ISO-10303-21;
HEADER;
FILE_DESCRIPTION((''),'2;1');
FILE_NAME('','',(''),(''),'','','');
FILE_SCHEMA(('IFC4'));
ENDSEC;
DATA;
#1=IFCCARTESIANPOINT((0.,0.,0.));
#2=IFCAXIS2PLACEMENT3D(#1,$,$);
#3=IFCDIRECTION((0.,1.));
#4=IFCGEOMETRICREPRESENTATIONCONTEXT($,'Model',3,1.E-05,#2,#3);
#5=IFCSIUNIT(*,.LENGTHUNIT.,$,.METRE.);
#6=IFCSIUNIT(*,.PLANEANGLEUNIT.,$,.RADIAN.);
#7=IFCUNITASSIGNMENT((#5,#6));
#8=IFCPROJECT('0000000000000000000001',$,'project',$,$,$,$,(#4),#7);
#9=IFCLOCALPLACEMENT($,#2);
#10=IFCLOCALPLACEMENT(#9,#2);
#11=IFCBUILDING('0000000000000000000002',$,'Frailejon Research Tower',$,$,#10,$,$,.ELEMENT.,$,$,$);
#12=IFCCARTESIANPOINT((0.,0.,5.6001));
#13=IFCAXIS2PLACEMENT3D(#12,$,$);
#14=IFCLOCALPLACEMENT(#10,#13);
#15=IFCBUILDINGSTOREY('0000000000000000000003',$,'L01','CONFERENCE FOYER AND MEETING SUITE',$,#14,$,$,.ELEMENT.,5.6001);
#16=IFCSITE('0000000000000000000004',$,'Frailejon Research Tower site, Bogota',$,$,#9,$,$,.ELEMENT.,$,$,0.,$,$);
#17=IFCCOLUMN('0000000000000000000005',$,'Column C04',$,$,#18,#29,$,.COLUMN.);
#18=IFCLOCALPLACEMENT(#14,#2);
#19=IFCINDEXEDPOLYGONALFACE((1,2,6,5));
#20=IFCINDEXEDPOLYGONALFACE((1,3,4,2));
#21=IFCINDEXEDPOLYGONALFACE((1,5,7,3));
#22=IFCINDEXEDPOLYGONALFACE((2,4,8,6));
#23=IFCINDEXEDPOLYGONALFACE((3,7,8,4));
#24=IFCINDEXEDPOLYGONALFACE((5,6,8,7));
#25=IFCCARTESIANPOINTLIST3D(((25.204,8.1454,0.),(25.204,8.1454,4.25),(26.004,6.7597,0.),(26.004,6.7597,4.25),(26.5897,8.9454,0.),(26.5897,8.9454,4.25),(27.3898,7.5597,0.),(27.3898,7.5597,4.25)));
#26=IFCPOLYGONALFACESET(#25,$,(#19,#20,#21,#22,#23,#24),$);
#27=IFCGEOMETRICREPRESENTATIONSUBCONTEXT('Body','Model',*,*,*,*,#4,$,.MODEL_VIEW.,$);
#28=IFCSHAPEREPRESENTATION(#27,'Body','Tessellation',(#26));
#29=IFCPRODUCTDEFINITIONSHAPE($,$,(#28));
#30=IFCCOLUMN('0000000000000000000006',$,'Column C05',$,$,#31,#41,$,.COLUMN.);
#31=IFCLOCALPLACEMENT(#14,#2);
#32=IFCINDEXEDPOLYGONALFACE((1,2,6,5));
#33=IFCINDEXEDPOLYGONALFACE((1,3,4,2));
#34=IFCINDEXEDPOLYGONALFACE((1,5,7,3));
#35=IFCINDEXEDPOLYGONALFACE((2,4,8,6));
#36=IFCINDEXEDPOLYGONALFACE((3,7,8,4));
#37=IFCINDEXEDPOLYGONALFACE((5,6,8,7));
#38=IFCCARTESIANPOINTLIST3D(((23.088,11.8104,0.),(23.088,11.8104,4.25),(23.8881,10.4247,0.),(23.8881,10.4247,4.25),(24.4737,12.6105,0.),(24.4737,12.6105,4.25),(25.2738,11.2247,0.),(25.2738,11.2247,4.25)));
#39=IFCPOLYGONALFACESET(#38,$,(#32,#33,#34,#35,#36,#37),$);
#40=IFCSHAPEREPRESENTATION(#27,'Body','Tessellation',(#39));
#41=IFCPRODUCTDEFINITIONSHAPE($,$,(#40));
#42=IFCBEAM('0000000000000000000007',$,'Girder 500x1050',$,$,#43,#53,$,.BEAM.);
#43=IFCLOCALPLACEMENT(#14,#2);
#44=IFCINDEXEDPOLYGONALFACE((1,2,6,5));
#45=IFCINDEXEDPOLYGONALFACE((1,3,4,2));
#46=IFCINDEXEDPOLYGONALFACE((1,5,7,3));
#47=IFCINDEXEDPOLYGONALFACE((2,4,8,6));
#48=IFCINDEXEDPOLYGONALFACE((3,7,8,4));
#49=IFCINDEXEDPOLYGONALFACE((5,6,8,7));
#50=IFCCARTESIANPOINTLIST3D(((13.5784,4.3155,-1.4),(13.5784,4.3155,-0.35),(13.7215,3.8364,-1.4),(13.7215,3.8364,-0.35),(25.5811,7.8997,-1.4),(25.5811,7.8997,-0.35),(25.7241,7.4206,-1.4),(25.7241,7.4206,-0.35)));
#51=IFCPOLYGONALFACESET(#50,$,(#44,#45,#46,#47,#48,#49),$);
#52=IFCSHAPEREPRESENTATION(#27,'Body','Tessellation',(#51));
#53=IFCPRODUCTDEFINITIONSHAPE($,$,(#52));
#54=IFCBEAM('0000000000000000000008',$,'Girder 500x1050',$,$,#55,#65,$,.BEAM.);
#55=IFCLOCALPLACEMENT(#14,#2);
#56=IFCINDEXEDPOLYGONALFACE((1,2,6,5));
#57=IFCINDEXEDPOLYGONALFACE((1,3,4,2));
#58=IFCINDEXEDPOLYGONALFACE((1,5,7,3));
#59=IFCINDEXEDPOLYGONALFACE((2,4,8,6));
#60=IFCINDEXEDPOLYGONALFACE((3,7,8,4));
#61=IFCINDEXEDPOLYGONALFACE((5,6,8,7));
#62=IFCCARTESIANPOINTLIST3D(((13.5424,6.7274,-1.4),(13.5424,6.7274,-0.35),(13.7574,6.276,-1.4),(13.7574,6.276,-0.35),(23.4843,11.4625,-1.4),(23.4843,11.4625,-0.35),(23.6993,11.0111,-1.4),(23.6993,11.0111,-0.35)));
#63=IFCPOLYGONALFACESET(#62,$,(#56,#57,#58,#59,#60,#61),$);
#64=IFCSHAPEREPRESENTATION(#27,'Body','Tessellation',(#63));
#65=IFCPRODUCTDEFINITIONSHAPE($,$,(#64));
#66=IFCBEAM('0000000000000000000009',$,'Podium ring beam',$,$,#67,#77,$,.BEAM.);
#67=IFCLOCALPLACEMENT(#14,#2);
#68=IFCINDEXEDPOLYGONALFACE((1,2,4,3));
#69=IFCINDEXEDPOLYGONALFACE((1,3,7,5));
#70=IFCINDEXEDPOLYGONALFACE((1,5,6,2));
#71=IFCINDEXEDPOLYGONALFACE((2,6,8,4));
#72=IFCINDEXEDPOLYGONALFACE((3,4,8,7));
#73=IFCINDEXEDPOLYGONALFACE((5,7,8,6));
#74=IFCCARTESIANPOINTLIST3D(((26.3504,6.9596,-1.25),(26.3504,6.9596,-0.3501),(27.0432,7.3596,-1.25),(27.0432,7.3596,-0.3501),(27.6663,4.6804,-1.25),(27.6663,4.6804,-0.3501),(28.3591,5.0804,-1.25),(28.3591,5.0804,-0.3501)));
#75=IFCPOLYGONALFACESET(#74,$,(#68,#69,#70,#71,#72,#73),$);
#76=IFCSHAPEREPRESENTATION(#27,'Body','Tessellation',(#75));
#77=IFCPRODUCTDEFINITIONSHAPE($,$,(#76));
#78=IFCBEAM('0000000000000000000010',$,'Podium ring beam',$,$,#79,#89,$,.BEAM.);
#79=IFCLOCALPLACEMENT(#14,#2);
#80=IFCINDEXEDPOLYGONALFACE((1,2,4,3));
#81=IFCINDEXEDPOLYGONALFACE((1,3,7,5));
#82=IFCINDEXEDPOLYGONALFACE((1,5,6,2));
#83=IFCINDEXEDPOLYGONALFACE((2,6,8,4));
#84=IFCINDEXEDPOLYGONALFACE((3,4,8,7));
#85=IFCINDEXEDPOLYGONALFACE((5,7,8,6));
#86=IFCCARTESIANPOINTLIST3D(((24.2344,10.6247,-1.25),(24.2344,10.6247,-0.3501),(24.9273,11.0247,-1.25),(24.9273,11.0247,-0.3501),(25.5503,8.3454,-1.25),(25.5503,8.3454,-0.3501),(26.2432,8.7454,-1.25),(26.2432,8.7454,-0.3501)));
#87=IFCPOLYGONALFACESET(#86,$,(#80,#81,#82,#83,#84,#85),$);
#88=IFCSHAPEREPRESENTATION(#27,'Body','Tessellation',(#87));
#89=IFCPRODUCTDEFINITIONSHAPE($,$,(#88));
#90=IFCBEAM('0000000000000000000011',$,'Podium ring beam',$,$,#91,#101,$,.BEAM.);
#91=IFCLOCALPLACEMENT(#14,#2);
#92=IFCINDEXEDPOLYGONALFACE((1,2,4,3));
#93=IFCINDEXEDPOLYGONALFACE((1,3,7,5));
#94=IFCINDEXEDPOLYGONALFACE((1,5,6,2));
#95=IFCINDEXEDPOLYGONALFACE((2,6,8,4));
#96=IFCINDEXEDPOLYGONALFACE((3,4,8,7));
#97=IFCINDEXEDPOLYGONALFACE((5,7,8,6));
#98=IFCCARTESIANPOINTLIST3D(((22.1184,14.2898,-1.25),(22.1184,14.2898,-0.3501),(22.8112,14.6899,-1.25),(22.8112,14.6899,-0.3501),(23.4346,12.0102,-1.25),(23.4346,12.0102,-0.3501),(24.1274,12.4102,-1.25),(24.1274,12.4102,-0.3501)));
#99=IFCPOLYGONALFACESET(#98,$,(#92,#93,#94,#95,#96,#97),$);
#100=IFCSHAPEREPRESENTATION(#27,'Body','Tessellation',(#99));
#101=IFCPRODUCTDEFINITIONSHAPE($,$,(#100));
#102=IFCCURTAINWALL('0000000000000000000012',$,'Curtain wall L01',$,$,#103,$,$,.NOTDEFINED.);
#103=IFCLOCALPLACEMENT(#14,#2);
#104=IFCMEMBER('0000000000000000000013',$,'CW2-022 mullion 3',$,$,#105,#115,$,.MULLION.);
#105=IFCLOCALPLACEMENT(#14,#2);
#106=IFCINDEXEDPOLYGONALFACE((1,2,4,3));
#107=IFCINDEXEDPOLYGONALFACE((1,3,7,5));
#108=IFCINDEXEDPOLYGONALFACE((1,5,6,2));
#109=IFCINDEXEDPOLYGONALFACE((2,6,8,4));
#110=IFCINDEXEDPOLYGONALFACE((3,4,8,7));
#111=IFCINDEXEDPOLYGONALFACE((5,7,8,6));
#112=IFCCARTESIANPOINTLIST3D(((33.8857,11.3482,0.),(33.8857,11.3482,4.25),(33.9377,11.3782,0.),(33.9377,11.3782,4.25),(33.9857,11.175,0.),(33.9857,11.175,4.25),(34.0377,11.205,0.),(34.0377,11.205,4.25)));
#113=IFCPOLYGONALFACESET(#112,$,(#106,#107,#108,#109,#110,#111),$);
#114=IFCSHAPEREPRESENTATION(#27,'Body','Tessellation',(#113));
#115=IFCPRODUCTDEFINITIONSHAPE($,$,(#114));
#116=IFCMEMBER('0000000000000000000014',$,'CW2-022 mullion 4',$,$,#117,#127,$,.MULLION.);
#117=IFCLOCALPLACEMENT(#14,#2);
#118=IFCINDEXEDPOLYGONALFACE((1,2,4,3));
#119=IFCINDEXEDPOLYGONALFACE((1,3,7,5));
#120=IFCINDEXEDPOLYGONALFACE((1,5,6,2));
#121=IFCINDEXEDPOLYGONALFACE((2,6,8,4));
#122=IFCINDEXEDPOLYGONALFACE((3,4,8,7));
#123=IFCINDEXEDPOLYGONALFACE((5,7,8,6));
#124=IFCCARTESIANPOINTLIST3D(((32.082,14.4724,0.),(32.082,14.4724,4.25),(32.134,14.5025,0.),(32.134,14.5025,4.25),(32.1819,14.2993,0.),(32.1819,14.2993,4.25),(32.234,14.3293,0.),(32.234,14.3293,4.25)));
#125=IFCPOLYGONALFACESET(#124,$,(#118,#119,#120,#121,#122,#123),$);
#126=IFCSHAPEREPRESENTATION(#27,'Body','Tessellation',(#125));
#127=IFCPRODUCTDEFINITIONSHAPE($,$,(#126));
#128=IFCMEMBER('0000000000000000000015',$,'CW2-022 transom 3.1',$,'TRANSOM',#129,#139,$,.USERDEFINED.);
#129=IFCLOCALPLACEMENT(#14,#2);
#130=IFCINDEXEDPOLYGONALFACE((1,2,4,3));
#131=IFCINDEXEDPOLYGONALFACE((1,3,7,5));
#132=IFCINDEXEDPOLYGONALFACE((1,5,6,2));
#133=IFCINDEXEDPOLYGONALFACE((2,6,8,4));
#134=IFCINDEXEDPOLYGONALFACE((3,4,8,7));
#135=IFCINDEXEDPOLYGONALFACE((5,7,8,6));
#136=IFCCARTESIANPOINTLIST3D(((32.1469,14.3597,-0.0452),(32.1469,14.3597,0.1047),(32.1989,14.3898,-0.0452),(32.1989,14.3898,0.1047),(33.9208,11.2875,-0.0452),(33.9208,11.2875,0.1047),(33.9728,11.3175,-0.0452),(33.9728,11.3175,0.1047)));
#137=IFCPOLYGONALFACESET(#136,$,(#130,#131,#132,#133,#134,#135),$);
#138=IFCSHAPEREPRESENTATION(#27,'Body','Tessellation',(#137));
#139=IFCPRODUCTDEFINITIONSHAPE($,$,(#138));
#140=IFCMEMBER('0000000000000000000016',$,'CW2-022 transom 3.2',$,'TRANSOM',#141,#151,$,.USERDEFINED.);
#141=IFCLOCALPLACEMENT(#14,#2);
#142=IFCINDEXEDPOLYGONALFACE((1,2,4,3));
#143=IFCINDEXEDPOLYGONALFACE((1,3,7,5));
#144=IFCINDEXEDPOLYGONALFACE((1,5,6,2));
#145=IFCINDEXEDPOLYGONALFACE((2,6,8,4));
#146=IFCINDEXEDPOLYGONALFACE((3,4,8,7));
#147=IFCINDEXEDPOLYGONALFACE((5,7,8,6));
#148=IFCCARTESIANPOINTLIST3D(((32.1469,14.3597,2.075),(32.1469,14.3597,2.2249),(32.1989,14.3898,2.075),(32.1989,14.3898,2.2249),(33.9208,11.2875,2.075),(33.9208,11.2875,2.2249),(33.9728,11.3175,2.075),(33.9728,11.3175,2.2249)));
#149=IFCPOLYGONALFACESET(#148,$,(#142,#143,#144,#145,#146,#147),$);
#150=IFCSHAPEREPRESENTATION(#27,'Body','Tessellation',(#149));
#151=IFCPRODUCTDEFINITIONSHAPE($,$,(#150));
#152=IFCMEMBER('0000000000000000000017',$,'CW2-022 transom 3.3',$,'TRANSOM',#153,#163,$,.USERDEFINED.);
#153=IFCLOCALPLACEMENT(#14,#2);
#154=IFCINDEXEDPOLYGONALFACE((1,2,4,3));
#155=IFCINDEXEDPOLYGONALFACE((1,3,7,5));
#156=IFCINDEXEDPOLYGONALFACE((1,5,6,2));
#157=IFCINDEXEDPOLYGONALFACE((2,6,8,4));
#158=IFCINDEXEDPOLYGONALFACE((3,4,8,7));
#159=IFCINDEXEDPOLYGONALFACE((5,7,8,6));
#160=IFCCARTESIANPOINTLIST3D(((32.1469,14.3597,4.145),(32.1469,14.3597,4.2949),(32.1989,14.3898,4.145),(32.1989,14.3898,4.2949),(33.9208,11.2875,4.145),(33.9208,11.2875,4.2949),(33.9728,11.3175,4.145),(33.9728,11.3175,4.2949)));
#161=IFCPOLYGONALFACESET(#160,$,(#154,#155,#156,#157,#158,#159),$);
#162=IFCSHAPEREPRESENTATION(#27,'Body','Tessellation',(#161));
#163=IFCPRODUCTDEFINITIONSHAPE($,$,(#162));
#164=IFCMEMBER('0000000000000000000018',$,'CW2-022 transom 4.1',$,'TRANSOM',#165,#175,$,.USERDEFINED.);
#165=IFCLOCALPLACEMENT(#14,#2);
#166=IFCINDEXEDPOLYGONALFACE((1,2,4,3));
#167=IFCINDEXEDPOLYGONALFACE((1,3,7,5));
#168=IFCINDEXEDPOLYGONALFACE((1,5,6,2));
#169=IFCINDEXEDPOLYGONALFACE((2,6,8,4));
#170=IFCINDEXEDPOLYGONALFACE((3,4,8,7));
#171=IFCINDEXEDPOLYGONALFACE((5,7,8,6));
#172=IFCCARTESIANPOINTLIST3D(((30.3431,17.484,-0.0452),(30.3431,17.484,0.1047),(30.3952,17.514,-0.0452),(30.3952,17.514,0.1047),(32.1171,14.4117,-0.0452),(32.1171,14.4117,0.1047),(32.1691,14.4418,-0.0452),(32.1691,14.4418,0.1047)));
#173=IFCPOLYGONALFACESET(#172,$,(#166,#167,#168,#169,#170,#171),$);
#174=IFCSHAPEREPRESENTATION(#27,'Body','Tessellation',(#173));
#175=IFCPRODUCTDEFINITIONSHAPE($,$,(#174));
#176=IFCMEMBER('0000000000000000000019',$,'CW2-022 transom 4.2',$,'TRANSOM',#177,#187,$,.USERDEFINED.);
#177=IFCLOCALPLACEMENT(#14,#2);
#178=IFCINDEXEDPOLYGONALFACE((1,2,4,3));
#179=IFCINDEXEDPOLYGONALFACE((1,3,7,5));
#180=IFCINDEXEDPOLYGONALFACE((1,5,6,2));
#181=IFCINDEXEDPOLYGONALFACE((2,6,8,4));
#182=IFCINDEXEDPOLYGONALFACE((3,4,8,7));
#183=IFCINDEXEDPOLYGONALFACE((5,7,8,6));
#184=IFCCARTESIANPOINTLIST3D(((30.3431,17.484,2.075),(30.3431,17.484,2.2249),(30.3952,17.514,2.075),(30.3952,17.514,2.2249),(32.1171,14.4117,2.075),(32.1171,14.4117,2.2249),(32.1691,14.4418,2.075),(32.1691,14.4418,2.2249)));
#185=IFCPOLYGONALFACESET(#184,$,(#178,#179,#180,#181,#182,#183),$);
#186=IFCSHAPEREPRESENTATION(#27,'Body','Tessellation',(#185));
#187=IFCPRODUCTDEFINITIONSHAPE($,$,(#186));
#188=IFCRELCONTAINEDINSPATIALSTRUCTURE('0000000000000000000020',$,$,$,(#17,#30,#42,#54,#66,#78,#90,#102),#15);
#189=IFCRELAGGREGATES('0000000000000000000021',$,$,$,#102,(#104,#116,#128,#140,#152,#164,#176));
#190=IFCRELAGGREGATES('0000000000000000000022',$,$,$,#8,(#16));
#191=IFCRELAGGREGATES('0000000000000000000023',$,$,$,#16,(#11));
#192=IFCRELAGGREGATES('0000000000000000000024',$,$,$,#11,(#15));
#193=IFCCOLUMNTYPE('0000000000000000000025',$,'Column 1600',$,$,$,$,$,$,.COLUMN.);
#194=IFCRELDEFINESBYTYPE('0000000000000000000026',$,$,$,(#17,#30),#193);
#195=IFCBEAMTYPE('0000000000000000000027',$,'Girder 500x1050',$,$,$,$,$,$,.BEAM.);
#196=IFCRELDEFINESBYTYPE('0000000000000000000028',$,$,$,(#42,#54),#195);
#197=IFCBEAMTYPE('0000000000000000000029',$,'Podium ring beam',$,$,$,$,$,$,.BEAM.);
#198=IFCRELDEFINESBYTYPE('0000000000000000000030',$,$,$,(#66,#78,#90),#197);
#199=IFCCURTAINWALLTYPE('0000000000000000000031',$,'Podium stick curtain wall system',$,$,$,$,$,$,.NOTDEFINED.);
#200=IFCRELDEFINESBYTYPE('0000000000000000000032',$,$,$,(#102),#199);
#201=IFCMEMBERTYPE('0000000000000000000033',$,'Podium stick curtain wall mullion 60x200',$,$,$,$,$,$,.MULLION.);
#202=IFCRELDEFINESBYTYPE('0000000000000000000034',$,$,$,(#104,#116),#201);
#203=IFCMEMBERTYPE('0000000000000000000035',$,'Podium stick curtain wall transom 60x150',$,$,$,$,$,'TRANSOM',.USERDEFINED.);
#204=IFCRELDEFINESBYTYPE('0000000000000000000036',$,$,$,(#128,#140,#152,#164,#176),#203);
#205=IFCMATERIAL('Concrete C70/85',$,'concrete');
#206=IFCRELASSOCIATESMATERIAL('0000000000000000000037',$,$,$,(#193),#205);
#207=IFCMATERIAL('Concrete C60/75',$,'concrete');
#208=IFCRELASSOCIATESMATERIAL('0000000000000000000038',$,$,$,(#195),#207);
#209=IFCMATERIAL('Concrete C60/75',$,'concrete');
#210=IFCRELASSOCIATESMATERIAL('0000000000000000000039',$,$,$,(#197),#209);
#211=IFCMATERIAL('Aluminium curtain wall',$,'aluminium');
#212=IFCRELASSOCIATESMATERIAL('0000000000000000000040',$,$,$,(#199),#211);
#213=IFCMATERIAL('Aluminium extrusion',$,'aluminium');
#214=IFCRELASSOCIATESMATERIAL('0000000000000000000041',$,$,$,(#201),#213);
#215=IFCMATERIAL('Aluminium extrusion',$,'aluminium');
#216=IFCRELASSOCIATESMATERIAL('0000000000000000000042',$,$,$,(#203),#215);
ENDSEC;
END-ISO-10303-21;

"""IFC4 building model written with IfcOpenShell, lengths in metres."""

from ifc_helpers import new_model, si_unit, direction, frame, origin, origin_2d, place, context, subcontext, project, spatial, rectangle, extrude, material, material_profile, profile_set, type_object, element, aggregate, save


model = new_model("IFC4")

# Units and contexts
model_context = context("Model", 3, precision=1e-05, world=origin(), true_north=direction((0.0, 1.0)))
body_context = subcontext(model_context, "Body", "Model", "MODEL_VIEW")
ifc_project = project(units=[si_unit("LENGTHUNIT", "METRE"), si_unit("PLANEANGLEUNIT", "RADIAN")], contexts=[model_context])

# Site, building, storey
site_placement = place(None, origin())
site = spatial("IfcSite", under=ifc_project, at=site_placement, Name="Frailejon Research Tower site, Bogota", CompositionType="ELEMENT", RefElevation=0.0)
building_placement = place(site_placement, origin())
building = spatial("IfcBuilding", under=site, at=building_placement, Name="Frailejon Research Tower", CompositionType="ELEMENT")
storey_placement = place(building_placement, frame((0.0, 0.0, 5.6001)))
storey = spatial("IfcBuildingStorey", under=building, at=storey_placement, Name="L01", Description="CONFERENCE FOYER AND MEETING SUITE", CompositionType="ELEMENT", Elevation=5.6001)

# Columns
ifc_material_1 = material(Name="Concrete C70/85", Category="concrete")
ifc_material_profile_1 = material_profile(ifc_material_1, rectangle(XDim=1.6001, YDim=1.6001, at=origin_2d()), Name="Column 1600")
ifc_profile_set_1 = profile_set([ifc_material_profile_1], Name="Concrete C70/85")
column_type = type_object("IfcColumnType", Name="Column 1600", PredefinedType="COLUMN", material=ifc_profile_set_1)
for number, where, z_axis, x_axis, name in (
    (1, (26.2969, 7.8525, 0.0), (0.0, 0.0, 1.0), (-0.5, 0.866025, 0.0), "Column C04"),
    (2, (24.1809, 11.5176, 0.0), (0.0, 0.0, 1.0), (-0.5, 0.866025, 0.0), "Column C05"),
):
    element("IfcColumn", number, at=place(storey_placement, frame(where, z_axis=z_axis, x_axis=x_axis)), inside=storey, type_object=column_type, Name=name, PredefinedType="COLUMN", context=body_context, shape_type="SweptSolid", body=[
        extrude(rectangle(XDim=1.6001, YDim=1.6001, at=origin_2d()), origin(), (0.0, 0.0, 1.0), 4.25),
    ])

# Beams
ifc_material_2 = material(Name="Concrete C60/75", Category="concrete")
ifc_material_profile_2 = material_profile(ifc_material_2, rectangle(XDim=0.5, YDim=1.05, at=origin_2d()), Name="Girder 500x1050")
ifc_profile_set_2 = profile_set([ifc_material_profile_2], Name="Concrete C60/75")
beam_type_1 = type_object("IfcBeamType", Name="Girder 500x1050", PredefinedType="BEAM", material=ifc_profile_set_2)
beam_1_placement = place(storey_placement, frame((25.6526, 7.6602, -0.875), z_axis=(-0.95819, -0.286134, 0.0), x_axis=(0.286134, -0.95819, 0.0)))
element("IfcBeam", 3, at=beam_1_placement, inside=storey, type_object=beam_type_1, Name="Girder 500x1050", PredefinedType="BEAM", context=body_context, shape_type="SweptSolid", body=[
    extrude(rectangle(XDim=0.5, YDim=1.05, at=origin_2d()), origin(), (0.0, 0.0, 1.0), 12.5264),
])
beam_2_placement = place(storey_placement, frame((23.5918, 11.2368, -0.875), z_axis=(-0.90283, -0.429998, 0.0), x_axis=(0.429998, -0.90283, 0.0)))
element("IfcBeam", 4, at=beam_2_placement, inside=storey, type_object=beam_type_1, Name="Girder 500x1050", PredefinedType="BEAM", context=body_context, shape_type="SweptSolid", body=[
    extrude(rectangle(XDim=0.5, YDim=1.05, at=origin_2d()), origin(), (0.0, 0.0, 1.0), 11.012),
])
ifc_material_3 = material(Name="Concrete C60/75", Category="concrete")
ifc_material_profile_3 = material_profile(ifc_material_3, rectangle(XDim=0.8, YDim=0.8999, at=origin_2d()), Name="Podium ring beam")
ifc_profile_set_3 = profile_set([ifc_material_profile_3], Name="Concrete C60/75")
beam_type_2 = type_object("IfcBeamType", Name="Podium ring beam", PredefinedType="BEAM", material=ifc_profile_set_3)
for number, where, z_axis, x_axis, name in (
    (5, (28.0127, 4.8804, -0.8), (-0.49999, 0.866031, 0.0), (-0.866031, -0.49999, 0.0), "Podium ring beam"),
    (6, (25.8967, 8.5454, -0.8), (-0.49999, 0.866031, 0.0), (-0.866031, -0.49999, 0.0), "Podium ring beam"),
):
    element("IfcBeam", number, at=place(storey_placement, frame(where, z_axis=z_axis, x_axis=x_axis)), inside=storey, type_object=beam_type_2, Name=name, PredefinedType="BEAM", context=body_context, shape_type="SweptSolid", body=[
        extrude(rectangle(XDim=0.8, YDim=0.8999, at=origin_2d()), origin(), (0.0, 0.0, 1.0), 2.6318),
    ])
beam_3_placement = place(storey_placement, frame((23.781, 12.2102, -0.8), z_axis=(-0.50002, 0.866014, 0.0), x_axis=(-0.866014, -0.50002, 0.0)))
element("IfcBeam", 7, at=beam_3_placement, inside=storey, type_object=beam_type_2, Name="Podium ring beam", PredefinedType="BEAM", context=body_context, shape_type="SweptSolid", body=[
    extrude(rectangle(XDim=0.8, YDim=0.8999, at=origin_2d()), origin(), (0.0, 0.0, 1.0), 2.6323),
])

# Curtain wall, members
ifc_material_4 = material(Name="Aluminium curtain wall", Category="aluminium")
curtain_wall_type = type_object("IfcCurtainWallType", Name="Podium stick curtain wall system", PredefinedType="NOTDEFINED", material=ifc_material_4)
curtain_wall_placement = place(storey_placement, origin())
curtain_wall = element("IfcCurtainWall", 8, at=curtain_wall_placement, inside=storey, type_object=curtain_wall_type, Name="Curtain wall L01", PredefinedType="NOTDEFINED")
ifc_material_5 = material(Name="Aluminium extrusion", Category="aluminium")
ifc_material_profile_4 = material_profile(ifc_material_5, rectangle(XDim=0.0601, YDim=0.2, at=origin_2d()), Name="Podium stick curtain wall mullion 60x200")
ifc_profile_set_4 = profile_set([ifc_material_profile_4], Name="Aluminium extrusion")
member_type_1 = type_object("IfcMemberType", Name="Podium stick curtain wall mullion 60x200", PredefinedType="MULLION", material=ifc_profile_set_4)
member_1_placement = place(storey_placement, frame((33.9617, 11.2766, 0.0), z_axis=(0.0, 0.0, 1.0), x_axis=(-0.866026, -0.499998, 0.0)))
member_1 = element("IfcMember", 9, at=member_1_placement, type_object=member_type_1, Name="CW2-022 mullion 3", PredefinedType="MULLION", context=body_context, shape_type="SweptSolid", body=[
    extrude(rectangle(XDim=0.0601, YDim=0.2, at=origin_2d()), origin(), (0.0, 0.0, 1.0), 4.25),
])
member_2_placement = place(storey_placement, frame((32.158, 14.4009, 0.0), z_axis=(0.0, 0.0, 1.0), x_axis=(-0.866026, -0.499998, 0.0)))
member_2 = element("IfcMember", 10, at=member_2_placement, type_object=member_type_1, Name="CW2-022 mullion 4", PredefinedType="MULLION", context=body_context, shape_type="SweptSolid", body=[
    extrude(rectangle(XDim=0.0601, YDim=0.2, at=origin_2d()), origin(), (0.0, 0.0, 1.0), 4.25),
])
ifc_material_6 = material(Name="Aluminium extrusion", Category="aluminium")
ifc_material_profile_5 = material_profile(ifc_material_6, rectangle(XDim=0.0601, YDim=0.1499, at=origin_2d()), Name="Podium stick curtain wall transom 60x150")
ifc_profile_set_5 = profile_set([ifc_material_profile_5], Name="Aluminium extrusion")
member_type_2 = type_object("IfcMemberType", Name="Podium stick curtain wall transom 60x150", ElementType="TRANSOM", PredefinedType="USERDEFINED", material=ifc_profile_set_5)
member_3_placement = place(storey_placement, frame((33.9468, 11.3025, 0.0298), z_axis=(-0.500032, 0.866007, 0.0), x_axis=(-0.866007, -0.500032, 0.0)))
member_3 = element("IfcMember", 11, at=member_3_placement, type_object=member_type_2, Name="CW2-022 transom 3.1", ObjectType="TRANSOM", PredefinedType="USERDEFINED", context=body_context, shape_type="SweptSolid", body=[
    extrude(rectangle(XDim=0.0601, YDim=0.1499, at=origin_2d()), origin(), (0.0, 0.0, 1.0), 3.5476),
])
member_4_placement = place(storey_placement, frame((33.9468, 11.3025, 2.1499), z_axis=(-0.500032, 0.866007, 0.0), x_axis=(-0.866007, -0.500032, 0.0)))
member_4 = element("IfcMember", 12, at=member_4_placement, type_object=member_type_2, Name="CW2-022 transom 3.2", ObjectType="TRANSOM", PredefinedType="USERDEFINED", context=body_context, shape_type="SweptSolid", body=[
    extrude(rectangle(XDim=0.0601, YDim=0.1499, at=origin_2d()), origin(), (0.0, 0.0, 1.0), 3.5476),
])
member_5_placement = place(storey_placement, frame((33.9468, 11.3025, 4.22), z_axis=(-0.500032, 0.866007, 0.0), x_axis=(-0.866007, -0.500032, 0.0)))
member_5 = element("IfcMember", 13, at=member_5_placement, type_object=member_type_2, Name="CW2-022 transom 3.3", ObjectType="TRANSOM", PredefinedType="USERDEFINED", context=body_context, shape_type="SweptSolid", body=[
    extrude(rectangle(XDim=0.0601, YDim=0.1499, at=origin_2d()), origin(), (0.0, 0.0, 1.0), 3.5476),
])
member_6_placement = place(storey_placement, frame((32.1431, 14.4268, 0.0298), z_axis=(-0.500032, 0.866007, 0.0), x_axis=(-0.866007, -0.500032, 0.0)))
member_6 = element("IfcMember", 14, at=member_6_placement, type_object=member_type_2, Name="CW2-022 transom 4.1", ObjectType="TRANSOM", PredefinedType="USERDEFINED", context=body_context, shape_type="SweptSolid", body=[
    extrude(rectangle(XDim=0.0601, YDim=0.1499, at=origin_2d()), origin(), (0.0, 0.0, 1.0), 3.5476),
])
member_7_placement = place(storey_placement, frame((32.1431, 14.4268, 2.1499), z_axis=(-0.500032, 0.866007, 0.0), x_axis=(-0.866007, -0.500032, 0.0)))
member_7 = element("IfcMember", 15, at=member_7_placement, type_object=member_type_2, Name="CW2-022 transom 4.2", ObjectType="TRANSOM", PredefinedType="USERDEFINED", context=body_context, shape_type="SweptSolid", body=[
    extrude(rectangle(XDim=0.0601, YDim=0.1499, at=origin_2d()), origin(), (0.0, 0.0, 1.0), 3.5476),
])
aggregate(curtain_wall, [member_1, member_2, member_3, member_4, member_5, member_6, member_7])

save(model, "model.ifc")
